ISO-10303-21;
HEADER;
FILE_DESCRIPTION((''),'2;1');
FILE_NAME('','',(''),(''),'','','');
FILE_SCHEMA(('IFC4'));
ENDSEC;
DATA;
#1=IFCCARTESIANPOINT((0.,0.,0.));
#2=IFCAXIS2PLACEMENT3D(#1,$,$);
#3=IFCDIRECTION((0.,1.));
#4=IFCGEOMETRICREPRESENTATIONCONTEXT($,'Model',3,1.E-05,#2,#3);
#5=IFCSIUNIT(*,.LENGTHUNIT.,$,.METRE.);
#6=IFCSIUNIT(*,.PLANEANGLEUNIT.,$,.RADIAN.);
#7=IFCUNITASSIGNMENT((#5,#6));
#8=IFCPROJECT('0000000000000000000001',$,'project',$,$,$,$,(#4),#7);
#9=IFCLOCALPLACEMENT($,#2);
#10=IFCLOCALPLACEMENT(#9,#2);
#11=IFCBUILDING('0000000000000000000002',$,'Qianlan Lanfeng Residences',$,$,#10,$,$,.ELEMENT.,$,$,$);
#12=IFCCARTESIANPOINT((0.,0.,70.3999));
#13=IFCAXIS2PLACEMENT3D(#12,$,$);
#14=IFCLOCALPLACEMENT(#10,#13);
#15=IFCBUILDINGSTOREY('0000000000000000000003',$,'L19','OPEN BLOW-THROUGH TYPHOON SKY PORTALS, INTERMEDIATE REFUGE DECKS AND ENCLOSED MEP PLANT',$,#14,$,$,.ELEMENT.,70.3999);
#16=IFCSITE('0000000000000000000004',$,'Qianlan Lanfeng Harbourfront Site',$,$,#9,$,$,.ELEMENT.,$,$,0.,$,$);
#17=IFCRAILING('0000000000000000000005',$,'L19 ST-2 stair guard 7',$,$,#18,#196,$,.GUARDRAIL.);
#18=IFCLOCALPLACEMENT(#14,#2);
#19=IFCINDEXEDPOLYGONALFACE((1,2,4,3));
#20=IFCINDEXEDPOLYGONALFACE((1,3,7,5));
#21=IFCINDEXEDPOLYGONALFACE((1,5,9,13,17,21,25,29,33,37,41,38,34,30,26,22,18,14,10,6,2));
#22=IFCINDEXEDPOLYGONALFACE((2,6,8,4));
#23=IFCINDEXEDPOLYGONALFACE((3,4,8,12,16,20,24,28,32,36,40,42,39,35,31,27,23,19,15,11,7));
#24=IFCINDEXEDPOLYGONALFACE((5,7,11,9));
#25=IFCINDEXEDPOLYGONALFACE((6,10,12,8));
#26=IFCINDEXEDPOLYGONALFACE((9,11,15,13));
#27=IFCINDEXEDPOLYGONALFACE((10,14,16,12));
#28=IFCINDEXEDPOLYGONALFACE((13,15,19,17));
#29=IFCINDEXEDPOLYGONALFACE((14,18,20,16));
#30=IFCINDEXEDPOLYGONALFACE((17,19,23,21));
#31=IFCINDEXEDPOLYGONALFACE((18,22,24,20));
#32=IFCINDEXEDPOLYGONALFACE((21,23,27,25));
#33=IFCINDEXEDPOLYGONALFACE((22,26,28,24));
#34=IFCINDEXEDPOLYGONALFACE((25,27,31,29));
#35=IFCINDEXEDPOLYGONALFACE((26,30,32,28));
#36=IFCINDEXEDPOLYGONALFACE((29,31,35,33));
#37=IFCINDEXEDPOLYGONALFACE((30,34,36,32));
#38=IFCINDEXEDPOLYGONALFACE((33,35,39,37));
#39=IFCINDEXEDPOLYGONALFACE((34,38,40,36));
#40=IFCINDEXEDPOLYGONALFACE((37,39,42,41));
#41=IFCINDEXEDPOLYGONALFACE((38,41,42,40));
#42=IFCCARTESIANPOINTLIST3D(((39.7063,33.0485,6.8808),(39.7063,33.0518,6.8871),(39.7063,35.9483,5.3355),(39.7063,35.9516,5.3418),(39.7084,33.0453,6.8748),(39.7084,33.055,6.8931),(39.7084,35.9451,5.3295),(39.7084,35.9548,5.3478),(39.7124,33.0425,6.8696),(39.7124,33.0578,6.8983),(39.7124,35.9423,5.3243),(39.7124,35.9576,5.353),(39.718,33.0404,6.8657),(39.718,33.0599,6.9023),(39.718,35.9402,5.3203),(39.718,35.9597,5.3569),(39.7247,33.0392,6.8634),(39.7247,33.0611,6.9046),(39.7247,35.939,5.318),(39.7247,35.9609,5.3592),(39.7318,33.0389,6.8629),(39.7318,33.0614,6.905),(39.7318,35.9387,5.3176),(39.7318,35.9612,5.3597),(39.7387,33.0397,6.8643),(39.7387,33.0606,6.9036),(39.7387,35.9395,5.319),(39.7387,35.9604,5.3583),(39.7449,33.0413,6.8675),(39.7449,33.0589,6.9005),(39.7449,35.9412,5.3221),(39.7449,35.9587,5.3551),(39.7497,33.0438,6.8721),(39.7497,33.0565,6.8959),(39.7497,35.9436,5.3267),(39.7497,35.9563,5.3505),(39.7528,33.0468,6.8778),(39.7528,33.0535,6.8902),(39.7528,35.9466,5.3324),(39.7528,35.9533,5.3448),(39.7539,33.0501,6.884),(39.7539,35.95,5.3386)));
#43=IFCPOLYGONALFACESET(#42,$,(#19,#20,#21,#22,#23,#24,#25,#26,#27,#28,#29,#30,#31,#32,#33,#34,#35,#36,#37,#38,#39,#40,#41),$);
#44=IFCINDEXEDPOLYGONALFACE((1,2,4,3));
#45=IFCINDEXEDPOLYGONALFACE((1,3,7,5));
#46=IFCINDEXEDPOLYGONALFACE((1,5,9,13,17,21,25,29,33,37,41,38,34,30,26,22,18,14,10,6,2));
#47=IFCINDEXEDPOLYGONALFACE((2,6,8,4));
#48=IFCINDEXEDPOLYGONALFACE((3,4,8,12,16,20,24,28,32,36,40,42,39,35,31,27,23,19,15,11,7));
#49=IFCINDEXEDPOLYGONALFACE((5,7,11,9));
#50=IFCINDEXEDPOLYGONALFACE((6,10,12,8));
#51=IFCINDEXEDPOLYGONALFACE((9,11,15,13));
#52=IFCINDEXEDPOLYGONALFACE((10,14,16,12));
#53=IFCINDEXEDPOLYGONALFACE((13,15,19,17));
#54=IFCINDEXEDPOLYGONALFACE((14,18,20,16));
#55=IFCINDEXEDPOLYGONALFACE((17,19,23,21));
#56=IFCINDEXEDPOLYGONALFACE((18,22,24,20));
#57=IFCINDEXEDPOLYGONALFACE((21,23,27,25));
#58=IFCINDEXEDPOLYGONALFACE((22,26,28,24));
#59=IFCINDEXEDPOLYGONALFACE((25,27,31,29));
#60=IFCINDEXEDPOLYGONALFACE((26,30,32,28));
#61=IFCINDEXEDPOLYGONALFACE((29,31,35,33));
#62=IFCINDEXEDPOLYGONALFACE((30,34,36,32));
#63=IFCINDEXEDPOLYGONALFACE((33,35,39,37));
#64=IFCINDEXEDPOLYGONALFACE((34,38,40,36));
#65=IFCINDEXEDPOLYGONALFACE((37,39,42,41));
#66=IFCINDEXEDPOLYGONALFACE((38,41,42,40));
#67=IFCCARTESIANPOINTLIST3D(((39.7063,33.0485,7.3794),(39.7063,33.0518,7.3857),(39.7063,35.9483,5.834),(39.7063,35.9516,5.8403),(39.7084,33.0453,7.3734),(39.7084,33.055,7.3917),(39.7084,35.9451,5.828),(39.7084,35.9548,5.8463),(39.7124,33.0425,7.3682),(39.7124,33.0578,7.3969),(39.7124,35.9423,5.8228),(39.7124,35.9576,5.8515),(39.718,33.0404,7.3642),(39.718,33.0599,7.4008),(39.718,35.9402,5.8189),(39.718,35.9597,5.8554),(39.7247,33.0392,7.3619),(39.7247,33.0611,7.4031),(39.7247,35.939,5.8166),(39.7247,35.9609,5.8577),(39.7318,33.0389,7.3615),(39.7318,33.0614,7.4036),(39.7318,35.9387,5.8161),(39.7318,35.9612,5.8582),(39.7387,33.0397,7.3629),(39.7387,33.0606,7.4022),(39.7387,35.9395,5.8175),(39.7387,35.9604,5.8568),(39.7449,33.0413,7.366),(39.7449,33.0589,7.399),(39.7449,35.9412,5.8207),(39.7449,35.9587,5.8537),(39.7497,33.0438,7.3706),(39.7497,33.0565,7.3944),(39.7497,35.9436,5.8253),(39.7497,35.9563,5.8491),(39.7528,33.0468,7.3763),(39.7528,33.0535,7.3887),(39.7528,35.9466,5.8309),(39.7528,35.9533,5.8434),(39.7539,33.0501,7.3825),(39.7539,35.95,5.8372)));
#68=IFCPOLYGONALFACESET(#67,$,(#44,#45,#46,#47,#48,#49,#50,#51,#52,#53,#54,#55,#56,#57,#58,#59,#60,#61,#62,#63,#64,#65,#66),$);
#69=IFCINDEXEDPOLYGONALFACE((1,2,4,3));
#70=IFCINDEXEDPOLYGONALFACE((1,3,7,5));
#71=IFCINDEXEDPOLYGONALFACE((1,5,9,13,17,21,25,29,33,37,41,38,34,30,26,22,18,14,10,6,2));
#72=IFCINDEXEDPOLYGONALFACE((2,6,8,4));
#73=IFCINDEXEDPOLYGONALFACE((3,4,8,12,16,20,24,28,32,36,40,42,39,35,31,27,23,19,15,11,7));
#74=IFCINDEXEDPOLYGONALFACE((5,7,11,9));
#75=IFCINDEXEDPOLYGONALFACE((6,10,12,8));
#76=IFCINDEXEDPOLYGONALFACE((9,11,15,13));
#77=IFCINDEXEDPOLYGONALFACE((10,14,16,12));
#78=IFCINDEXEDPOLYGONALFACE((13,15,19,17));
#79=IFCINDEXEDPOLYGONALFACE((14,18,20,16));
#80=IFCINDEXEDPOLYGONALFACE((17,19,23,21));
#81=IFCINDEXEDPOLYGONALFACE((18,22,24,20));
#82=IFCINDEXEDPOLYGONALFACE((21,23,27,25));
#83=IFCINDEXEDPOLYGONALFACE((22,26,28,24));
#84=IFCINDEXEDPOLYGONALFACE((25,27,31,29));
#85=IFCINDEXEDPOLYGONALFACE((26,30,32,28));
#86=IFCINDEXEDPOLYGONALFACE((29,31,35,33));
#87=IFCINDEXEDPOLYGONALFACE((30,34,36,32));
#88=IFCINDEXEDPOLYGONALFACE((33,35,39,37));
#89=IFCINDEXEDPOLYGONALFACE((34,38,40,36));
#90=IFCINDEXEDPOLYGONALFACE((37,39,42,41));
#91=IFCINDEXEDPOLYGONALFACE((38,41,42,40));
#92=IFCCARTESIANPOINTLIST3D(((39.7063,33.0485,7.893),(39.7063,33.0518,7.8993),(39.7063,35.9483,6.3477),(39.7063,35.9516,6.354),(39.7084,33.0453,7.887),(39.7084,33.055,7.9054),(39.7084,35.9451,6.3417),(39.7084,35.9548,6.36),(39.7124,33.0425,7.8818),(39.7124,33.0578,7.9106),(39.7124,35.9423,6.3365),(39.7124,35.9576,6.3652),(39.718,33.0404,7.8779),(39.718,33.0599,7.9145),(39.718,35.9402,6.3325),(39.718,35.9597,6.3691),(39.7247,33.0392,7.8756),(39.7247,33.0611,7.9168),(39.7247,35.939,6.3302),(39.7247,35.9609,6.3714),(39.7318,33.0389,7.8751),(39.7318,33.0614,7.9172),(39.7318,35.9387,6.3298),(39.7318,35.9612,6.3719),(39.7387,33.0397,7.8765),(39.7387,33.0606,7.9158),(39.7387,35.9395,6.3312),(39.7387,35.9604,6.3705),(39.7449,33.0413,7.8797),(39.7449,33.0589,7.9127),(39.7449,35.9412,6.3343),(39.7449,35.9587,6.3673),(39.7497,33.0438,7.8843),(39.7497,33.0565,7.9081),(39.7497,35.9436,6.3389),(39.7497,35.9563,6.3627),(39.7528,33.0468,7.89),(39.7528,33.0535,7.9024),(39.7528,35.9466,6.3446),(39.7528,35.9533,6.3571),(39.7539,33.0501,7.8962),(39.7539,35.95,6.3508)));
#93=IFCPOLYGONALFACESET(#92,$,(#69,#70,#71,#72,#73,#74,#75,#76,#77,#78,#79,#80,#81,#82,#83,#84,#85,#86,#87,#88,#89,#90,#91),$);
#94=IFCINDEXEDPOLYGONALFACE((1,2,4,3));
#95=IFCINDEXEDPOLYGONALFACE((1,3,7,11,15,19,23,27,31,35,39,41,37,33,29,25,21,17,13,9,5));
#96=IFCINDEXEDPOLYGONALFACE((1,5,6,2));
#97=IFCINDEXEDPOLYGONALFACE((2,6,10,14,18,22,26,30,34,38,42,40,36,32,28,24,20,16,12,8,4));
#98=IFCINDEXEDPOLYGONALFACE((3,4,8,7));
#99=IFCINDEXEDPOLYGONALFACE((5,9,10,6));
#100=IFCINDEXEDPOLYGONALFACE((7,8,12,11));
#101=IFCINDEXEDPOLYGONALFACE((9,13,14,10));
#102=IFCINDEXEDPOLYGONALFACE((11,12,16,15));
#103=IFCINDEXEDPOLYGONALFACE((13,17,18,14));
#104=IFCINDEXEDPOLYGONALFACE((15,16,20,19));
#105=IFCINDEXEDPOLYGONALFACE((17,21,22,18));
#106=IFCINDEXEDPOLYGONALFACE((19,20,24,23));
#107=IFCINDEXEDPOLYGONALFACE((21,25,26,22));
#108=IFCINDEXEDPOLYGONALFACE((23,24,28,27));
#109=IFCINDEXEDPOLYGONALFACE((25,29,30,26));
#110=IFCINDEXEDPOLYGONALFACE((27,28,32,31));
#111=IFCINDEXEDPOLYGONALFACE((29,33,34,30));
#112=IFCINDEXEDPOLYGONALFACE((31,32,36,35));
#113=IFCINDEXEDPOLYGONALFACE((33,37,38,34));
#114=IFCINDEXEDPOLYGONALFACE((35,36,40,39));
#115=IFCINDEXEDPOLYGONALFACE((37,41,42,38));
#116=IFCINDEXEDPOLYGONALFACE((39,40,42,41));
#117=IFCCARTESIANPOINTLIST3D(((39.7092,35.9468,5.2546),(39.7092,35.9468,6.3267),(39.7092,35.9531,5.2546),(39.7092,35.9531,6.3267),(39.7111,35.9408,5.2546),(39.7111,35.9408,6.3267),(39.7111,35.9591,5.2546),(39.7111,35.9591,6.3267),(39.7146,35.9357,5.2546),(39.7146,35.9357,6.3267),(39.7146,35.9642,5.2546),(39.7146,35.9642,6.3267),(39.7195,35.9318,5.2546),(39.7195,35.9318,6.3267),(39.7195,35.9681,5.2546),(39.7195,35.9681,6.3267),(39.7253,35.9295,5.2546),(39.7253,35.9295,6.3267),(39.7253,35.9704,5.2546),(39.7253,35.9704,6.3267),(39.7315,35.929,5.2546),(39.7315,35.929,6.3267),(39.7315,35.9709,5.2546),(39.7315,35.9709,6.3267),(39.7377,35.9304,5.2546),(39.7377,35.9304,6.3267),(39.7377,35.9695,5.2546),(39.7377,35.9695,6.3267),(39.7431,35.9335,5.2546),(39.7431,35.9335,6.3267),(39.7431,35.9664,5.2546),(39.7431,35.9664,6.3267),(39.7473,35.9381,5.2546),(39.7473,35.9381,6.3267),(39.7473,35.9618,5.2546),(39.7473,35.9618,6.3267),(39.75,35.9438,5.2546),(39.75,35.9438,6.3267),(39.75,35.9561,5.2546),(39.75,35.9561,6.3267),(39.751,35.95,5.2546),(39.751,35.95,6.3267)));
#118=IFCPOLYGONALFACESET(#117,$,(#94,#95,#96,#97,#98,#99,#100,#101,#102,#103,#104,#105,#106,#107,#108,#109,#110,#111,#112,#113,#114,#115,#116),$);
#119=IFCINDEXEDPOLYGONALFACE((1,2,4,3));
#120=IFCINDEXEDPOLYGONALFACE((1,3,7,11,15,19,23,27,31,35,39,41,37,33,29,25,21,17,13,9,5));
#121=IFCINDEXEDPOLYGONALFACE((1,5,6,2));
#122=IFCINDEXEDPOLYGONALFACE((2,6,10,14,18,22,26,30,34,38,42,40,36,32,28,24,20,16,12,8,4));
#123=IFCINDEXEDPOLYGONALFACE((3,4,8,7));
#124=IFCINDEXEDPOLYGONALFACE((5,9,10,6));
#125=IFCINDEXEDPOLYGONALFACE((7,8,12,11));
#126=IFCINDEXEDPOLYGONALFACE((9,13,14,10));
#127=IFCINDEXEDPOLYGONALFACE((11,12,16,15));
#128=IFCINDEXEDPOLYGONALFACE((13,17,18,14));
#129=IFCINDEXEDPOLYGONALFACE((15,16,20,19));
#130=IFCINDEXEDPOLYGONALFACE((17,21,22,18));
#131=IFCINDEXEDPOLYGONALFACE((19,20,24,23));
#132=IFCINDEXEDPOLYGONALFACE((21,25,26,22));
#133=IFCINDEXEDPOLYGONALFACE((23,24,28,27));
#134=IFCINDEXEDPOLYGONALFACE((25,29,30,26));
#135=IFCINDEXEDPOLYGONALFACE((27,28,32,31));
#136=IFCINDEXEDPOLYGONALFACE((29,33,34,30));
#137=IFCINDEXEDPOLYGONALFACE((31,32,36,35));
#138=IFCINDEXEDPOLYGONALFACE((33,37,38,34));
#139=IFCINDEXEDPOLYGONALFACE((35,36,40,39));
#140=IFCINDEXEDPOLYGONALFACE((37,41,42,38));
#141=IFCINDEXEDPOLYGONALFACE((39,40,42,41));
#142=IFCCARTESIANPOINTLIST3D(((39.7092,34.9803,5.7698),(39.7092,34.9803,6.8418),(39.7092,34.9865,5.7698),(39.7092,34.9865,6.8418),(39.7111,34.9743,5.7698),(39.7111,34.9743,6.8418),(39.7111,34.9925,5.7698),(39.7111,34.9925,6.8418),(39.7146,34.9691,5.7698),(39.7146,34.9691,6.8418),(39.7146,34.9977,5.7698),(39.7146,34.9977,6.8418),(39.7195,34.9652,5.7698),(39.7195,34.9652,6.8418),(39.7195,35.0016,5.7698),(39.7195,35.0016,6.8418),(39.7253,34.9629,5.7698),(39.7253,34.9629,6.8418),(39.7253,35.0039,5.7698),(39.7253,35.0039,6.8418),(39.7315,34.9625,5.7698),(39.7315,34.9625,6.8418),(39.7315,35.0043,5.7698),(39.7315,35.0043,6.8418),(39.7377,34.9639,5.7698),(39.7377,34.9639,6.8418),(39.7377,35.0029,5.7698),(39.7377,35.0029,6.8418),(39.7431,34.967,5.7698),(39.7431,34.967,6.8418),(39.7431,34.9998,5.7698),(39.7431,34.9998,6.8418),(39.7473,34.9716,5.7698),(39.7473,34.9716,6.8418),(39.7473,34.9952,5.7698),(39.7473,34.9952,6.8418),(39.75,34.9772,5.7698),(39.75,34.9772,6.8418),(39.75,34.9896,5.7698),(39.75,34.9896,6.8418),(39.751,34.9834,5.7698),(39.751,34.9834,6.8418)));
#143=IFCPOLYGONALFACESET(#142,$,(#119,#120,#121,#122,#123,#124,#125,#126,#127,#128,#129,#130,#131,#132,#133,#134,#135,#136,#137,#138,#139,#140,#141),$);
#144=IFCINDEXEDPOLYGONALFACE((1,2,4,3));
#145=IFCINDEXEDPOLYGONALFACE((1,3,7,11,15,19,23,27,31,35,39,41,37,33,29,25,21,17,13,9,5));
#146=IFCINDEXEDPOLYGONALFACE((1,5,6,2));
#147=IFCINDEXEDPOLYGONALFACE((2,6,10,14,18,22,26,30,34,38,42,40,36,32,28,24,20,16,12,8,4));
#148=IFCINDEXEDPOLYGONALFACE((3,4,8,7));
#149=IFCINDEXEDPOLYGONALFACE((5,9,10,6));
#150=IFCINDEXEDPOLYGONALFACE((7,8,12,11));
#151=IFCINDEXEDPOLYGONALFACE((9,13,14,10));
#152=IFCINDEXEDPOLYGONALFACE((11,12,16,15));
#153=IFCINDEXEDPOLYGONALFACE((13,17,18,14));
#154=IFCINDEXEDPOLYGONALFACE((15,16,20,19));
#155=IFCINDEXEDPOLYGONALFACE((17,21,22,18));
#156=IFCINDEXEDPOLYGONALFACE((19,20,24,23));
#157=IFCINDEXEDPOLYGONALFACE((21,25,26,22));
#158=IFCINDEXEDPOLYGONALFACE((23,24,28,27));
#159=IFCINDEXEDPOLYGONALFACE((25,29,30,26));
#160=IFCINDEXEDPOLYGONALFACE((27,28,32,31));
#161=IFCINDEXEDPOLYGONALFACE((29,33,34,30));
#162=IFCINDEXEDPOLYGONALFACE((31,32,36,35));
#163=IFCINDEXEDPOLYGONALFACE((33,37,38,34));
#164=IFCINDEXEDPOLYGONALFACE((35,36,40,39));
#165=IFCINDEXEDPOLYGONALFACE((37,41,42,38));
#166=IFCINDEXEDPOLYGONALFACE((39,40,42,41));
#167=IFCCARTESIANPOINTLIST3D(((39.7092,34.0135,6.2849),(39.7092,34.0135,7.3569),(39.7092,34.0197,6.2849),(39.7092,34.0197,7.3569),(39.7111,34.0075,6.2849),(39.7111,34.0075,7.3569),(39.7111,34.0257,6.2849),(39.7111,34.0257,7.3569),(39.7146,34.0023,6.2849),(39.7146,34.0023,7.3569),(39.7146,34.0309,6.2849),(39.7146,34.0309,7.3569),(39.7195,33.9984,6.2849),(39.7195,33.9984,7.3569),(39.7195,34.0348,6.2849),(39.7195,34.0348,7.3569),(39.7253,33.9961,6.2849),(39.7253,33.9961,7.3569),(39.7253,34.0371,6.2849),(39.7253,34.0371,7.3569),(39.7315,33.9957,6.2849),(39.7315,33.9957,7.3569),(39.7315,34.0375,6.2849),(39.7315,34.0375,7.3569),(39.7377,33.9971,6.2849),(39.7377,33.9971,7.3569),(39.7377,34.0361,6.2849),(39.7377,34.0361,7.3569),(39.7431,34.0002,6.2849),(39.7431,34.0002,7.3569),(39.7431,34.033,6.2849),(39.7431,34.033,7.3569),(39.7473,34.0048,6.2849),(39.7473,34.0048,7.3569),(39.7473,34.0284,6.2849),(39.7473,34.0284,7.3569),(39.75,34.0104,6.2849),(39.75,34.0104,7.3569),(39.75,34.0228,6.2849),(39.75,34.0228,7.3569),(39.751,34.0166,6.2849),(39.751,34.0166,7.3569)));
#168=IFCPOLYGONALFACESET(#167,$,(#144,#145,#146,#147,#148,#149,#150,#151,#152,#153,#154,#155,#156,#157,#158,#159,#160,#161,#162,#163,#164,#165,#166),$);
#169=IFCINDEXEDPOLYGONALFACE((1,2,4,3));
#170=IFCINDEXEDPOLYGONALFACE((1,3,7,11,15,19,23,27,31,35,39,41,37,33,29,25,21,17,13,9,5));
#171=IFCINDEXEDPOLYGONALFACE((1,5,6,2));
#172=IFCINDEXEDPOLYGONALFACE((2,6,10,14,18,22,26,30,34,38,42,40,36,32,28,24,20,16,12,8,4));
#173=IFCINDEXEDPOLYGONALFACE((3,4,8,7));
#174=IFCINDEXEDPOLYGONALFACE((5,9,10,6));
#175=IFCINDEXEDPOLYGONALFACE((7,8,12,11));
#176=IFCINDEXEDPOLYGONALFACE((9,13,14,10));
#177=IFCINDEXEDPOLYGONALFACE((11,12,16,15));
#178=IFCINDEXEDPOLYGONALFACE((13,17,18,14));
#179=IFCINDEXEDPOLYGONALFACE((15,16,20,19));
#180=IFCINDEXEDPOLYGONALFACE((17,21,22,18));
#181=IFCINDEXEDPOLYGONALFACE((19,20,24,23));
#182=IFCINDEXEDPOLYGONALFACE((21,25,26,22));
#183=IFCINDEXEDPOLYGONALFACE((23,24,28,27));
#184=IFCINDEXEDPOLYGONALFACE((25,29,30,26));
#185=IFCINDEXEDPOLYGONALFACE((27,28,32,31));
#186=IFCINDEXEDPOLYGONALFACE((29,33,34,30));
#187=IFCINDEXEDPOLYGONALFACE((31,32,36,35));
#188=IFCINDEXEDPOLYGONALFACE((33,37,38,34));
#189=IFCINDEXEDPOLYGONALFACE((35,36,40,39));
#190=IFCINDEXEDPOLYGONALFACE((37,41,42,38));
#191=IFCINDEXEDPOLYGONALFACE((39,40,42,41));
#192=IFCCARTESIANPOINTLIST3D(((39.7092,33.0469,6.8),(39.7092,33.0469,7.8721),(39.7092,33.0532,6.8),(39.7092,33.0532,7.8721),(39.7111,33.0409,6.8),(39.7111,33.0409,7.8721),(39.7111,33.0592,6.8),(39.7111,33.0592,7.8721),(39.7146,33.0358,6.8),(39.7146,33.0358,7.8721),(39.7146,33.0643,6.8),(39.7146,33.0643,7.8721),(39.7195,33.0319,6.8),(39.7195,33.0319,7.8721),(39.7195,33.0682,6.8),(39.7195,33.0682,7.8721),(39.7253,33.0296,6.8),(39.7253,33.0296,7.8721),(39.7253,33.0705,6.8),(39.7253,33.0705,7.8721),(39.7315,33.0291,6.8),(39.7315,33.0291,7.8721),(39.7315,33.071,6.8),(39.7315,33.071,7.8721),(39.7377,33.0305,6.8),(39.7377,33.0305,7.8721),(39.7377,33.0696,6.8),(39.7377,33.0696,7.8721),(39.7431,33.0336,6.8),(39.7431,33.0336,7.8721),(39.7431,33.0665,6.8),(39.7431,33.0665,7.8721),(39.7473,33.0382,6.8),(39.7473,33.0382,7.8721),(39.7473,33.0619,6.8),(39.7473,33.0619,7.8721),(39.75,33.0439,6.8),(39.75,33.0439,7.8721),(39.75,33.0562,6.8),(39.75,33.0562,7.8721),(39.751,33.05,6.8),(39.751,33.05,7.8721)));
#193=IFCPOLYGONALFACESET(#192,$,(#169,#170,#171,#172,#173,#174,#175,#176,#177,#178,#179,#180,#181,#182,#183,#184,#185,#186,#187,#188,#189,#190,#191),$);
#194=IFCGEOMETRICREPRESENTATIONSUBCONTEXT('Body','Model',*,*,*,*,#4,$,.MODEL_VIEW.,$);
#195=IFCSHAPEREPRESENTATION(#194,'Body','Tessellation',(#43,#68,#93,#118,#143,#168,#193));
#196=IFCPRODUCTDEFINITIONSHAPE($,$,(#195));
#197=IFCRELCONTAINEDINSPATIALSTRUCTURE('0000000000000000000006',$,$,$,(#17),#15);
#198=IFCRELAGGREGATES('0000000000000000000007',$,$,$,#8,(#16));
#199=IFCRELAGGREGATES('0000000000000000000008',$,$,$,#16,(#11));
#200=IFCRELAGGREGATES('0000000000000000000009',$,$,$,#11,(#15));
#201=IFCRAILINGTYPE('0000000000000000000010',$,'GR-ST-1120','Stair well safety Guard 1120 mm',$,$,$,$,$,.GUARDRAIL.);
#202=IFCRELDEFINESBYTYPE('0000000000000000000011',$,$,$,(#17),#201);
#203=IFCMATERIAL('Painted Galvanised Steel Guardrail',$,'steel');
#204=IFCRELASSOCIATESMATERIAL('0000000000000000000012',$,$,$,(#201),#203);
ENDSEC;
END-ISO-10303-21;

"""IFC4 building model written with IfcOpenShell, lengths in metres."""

from ifc_helpers import new_model, si_unit, direction, frame, origin, origin_2d, place, context, subcontext, project, spatial, circle, extrude, material, type_object, element, save


model = new_model("IFC4")

# Units and contexts
model_context = context("Model", 3, precision=1e-05, world=origin(), true_north=direction((0.0, 1.0)))
body_context = subcontext(model_context, "Body", "Model", "MODEL_VIEW")
ifc_project = project(units=[si_unit("LENGTHUNIT", "METRE"), si_unit("PLANEANGLEUNIT", "RADIAN")], contexts=[model_context])

# Site, building, storey
site_placement = place(None, origin())
site = spatial("IfcSite", under=ifc_project, at=site_placement, Name="Qianlan Lanfeng Harbourfront Site", CompositionType="ELEMENT", RefElevation=0.0)
building_placement = place(site_placement, origin())
building = spatial("IfcBuilding", under=site, at=building_placement, Name="Qianlan Lanfeng Residences", CompositionType="ELEMENT")
storey_placement = place(building_placement, frame((0.0, 0.0, 70.3999)))
storey = spatial("IfcBuildingStorey", under=building, at=storey_placement, Name="L19", Description="OPEN BLOW-THROUGH TYPHOON SKY PORTALS, INTERMEDIATE REFUGE DECKS AND ENCLOSED MEP PLANT", CompositionType="ELEMENT", Elevation=70.3999)

# Railing
ifc_material_1 = material(Name="Painted Galvanised Steel Guardrail", Category="steel")
railing_type_1 = type_object("IfcRailingType", Name="GR-ST-1120", Description="Stair well safety Guard 1120 mm", PredefinedType="GUARDRAIL", material=ifc_material_1)
railing_1_placement = place(storey_placement, frame((39.73, 35.95, 5.2546)))
element("IfcRailing", 1, at=railing_1_placement, inside=storey, type_object=railing_type_1, Name="L19 ST-2 stair guard 7", PredefinedType="GUARDRAIL", context=body_context, shape_type="SweptSolid", body=[
    extrude(circle(Radius=0.0239, at=origin_2d()), frame((0.0, 0.0, 0.084), z_axis=(0.0, -0.882505, 0.470303), x_axis=(1.0, 0.0, 0.0)), (0.0, 0.0, 1.0), 3.2859),
    extrude(circle(Radius=0.0239, at=origin_2d()), frame((0.0, 0.0, 0.5825), z_axis=(0.0, -0.882505, 0.470303), x_axis=(1.0, 0.0, 0.0)), (0.0, 0.0, 1.0), 3.2859),
    extrude(circle(Radius=0.0239, at=origin_2d()), frame((0.0, 0.0, 1.0962), z_axis=(0.0, -0.882505, 0.470303), x_axis=(1.0, 0.0, 0.0)), (0.0, 0.0, 1.0), 3.2859),
    extrude(circle(Radius=0.021, at=origin_2d()), origin(), (0.0, 0.0, 1.0), 1.072),
    extrude(circle(Radius=0.021, at=origin_2d()), frame((0.0, -0.9666, 0.5151)), (0.0, 0.0, 1.0), 1.072),
    extrude(circle(Radius=0.021, at=origin_2d()), frame((0.0, -1.9333, 1.0303)), (0.0, 0.0, 1.0), 1.072),
    extrude(circle(Radius=0.021, at=origin_2d()), frame((0.0, -2.8999, 1.5454)), (0.0, 0.0, 1.0), 1.072),
])

save(model, "model.ifc")
